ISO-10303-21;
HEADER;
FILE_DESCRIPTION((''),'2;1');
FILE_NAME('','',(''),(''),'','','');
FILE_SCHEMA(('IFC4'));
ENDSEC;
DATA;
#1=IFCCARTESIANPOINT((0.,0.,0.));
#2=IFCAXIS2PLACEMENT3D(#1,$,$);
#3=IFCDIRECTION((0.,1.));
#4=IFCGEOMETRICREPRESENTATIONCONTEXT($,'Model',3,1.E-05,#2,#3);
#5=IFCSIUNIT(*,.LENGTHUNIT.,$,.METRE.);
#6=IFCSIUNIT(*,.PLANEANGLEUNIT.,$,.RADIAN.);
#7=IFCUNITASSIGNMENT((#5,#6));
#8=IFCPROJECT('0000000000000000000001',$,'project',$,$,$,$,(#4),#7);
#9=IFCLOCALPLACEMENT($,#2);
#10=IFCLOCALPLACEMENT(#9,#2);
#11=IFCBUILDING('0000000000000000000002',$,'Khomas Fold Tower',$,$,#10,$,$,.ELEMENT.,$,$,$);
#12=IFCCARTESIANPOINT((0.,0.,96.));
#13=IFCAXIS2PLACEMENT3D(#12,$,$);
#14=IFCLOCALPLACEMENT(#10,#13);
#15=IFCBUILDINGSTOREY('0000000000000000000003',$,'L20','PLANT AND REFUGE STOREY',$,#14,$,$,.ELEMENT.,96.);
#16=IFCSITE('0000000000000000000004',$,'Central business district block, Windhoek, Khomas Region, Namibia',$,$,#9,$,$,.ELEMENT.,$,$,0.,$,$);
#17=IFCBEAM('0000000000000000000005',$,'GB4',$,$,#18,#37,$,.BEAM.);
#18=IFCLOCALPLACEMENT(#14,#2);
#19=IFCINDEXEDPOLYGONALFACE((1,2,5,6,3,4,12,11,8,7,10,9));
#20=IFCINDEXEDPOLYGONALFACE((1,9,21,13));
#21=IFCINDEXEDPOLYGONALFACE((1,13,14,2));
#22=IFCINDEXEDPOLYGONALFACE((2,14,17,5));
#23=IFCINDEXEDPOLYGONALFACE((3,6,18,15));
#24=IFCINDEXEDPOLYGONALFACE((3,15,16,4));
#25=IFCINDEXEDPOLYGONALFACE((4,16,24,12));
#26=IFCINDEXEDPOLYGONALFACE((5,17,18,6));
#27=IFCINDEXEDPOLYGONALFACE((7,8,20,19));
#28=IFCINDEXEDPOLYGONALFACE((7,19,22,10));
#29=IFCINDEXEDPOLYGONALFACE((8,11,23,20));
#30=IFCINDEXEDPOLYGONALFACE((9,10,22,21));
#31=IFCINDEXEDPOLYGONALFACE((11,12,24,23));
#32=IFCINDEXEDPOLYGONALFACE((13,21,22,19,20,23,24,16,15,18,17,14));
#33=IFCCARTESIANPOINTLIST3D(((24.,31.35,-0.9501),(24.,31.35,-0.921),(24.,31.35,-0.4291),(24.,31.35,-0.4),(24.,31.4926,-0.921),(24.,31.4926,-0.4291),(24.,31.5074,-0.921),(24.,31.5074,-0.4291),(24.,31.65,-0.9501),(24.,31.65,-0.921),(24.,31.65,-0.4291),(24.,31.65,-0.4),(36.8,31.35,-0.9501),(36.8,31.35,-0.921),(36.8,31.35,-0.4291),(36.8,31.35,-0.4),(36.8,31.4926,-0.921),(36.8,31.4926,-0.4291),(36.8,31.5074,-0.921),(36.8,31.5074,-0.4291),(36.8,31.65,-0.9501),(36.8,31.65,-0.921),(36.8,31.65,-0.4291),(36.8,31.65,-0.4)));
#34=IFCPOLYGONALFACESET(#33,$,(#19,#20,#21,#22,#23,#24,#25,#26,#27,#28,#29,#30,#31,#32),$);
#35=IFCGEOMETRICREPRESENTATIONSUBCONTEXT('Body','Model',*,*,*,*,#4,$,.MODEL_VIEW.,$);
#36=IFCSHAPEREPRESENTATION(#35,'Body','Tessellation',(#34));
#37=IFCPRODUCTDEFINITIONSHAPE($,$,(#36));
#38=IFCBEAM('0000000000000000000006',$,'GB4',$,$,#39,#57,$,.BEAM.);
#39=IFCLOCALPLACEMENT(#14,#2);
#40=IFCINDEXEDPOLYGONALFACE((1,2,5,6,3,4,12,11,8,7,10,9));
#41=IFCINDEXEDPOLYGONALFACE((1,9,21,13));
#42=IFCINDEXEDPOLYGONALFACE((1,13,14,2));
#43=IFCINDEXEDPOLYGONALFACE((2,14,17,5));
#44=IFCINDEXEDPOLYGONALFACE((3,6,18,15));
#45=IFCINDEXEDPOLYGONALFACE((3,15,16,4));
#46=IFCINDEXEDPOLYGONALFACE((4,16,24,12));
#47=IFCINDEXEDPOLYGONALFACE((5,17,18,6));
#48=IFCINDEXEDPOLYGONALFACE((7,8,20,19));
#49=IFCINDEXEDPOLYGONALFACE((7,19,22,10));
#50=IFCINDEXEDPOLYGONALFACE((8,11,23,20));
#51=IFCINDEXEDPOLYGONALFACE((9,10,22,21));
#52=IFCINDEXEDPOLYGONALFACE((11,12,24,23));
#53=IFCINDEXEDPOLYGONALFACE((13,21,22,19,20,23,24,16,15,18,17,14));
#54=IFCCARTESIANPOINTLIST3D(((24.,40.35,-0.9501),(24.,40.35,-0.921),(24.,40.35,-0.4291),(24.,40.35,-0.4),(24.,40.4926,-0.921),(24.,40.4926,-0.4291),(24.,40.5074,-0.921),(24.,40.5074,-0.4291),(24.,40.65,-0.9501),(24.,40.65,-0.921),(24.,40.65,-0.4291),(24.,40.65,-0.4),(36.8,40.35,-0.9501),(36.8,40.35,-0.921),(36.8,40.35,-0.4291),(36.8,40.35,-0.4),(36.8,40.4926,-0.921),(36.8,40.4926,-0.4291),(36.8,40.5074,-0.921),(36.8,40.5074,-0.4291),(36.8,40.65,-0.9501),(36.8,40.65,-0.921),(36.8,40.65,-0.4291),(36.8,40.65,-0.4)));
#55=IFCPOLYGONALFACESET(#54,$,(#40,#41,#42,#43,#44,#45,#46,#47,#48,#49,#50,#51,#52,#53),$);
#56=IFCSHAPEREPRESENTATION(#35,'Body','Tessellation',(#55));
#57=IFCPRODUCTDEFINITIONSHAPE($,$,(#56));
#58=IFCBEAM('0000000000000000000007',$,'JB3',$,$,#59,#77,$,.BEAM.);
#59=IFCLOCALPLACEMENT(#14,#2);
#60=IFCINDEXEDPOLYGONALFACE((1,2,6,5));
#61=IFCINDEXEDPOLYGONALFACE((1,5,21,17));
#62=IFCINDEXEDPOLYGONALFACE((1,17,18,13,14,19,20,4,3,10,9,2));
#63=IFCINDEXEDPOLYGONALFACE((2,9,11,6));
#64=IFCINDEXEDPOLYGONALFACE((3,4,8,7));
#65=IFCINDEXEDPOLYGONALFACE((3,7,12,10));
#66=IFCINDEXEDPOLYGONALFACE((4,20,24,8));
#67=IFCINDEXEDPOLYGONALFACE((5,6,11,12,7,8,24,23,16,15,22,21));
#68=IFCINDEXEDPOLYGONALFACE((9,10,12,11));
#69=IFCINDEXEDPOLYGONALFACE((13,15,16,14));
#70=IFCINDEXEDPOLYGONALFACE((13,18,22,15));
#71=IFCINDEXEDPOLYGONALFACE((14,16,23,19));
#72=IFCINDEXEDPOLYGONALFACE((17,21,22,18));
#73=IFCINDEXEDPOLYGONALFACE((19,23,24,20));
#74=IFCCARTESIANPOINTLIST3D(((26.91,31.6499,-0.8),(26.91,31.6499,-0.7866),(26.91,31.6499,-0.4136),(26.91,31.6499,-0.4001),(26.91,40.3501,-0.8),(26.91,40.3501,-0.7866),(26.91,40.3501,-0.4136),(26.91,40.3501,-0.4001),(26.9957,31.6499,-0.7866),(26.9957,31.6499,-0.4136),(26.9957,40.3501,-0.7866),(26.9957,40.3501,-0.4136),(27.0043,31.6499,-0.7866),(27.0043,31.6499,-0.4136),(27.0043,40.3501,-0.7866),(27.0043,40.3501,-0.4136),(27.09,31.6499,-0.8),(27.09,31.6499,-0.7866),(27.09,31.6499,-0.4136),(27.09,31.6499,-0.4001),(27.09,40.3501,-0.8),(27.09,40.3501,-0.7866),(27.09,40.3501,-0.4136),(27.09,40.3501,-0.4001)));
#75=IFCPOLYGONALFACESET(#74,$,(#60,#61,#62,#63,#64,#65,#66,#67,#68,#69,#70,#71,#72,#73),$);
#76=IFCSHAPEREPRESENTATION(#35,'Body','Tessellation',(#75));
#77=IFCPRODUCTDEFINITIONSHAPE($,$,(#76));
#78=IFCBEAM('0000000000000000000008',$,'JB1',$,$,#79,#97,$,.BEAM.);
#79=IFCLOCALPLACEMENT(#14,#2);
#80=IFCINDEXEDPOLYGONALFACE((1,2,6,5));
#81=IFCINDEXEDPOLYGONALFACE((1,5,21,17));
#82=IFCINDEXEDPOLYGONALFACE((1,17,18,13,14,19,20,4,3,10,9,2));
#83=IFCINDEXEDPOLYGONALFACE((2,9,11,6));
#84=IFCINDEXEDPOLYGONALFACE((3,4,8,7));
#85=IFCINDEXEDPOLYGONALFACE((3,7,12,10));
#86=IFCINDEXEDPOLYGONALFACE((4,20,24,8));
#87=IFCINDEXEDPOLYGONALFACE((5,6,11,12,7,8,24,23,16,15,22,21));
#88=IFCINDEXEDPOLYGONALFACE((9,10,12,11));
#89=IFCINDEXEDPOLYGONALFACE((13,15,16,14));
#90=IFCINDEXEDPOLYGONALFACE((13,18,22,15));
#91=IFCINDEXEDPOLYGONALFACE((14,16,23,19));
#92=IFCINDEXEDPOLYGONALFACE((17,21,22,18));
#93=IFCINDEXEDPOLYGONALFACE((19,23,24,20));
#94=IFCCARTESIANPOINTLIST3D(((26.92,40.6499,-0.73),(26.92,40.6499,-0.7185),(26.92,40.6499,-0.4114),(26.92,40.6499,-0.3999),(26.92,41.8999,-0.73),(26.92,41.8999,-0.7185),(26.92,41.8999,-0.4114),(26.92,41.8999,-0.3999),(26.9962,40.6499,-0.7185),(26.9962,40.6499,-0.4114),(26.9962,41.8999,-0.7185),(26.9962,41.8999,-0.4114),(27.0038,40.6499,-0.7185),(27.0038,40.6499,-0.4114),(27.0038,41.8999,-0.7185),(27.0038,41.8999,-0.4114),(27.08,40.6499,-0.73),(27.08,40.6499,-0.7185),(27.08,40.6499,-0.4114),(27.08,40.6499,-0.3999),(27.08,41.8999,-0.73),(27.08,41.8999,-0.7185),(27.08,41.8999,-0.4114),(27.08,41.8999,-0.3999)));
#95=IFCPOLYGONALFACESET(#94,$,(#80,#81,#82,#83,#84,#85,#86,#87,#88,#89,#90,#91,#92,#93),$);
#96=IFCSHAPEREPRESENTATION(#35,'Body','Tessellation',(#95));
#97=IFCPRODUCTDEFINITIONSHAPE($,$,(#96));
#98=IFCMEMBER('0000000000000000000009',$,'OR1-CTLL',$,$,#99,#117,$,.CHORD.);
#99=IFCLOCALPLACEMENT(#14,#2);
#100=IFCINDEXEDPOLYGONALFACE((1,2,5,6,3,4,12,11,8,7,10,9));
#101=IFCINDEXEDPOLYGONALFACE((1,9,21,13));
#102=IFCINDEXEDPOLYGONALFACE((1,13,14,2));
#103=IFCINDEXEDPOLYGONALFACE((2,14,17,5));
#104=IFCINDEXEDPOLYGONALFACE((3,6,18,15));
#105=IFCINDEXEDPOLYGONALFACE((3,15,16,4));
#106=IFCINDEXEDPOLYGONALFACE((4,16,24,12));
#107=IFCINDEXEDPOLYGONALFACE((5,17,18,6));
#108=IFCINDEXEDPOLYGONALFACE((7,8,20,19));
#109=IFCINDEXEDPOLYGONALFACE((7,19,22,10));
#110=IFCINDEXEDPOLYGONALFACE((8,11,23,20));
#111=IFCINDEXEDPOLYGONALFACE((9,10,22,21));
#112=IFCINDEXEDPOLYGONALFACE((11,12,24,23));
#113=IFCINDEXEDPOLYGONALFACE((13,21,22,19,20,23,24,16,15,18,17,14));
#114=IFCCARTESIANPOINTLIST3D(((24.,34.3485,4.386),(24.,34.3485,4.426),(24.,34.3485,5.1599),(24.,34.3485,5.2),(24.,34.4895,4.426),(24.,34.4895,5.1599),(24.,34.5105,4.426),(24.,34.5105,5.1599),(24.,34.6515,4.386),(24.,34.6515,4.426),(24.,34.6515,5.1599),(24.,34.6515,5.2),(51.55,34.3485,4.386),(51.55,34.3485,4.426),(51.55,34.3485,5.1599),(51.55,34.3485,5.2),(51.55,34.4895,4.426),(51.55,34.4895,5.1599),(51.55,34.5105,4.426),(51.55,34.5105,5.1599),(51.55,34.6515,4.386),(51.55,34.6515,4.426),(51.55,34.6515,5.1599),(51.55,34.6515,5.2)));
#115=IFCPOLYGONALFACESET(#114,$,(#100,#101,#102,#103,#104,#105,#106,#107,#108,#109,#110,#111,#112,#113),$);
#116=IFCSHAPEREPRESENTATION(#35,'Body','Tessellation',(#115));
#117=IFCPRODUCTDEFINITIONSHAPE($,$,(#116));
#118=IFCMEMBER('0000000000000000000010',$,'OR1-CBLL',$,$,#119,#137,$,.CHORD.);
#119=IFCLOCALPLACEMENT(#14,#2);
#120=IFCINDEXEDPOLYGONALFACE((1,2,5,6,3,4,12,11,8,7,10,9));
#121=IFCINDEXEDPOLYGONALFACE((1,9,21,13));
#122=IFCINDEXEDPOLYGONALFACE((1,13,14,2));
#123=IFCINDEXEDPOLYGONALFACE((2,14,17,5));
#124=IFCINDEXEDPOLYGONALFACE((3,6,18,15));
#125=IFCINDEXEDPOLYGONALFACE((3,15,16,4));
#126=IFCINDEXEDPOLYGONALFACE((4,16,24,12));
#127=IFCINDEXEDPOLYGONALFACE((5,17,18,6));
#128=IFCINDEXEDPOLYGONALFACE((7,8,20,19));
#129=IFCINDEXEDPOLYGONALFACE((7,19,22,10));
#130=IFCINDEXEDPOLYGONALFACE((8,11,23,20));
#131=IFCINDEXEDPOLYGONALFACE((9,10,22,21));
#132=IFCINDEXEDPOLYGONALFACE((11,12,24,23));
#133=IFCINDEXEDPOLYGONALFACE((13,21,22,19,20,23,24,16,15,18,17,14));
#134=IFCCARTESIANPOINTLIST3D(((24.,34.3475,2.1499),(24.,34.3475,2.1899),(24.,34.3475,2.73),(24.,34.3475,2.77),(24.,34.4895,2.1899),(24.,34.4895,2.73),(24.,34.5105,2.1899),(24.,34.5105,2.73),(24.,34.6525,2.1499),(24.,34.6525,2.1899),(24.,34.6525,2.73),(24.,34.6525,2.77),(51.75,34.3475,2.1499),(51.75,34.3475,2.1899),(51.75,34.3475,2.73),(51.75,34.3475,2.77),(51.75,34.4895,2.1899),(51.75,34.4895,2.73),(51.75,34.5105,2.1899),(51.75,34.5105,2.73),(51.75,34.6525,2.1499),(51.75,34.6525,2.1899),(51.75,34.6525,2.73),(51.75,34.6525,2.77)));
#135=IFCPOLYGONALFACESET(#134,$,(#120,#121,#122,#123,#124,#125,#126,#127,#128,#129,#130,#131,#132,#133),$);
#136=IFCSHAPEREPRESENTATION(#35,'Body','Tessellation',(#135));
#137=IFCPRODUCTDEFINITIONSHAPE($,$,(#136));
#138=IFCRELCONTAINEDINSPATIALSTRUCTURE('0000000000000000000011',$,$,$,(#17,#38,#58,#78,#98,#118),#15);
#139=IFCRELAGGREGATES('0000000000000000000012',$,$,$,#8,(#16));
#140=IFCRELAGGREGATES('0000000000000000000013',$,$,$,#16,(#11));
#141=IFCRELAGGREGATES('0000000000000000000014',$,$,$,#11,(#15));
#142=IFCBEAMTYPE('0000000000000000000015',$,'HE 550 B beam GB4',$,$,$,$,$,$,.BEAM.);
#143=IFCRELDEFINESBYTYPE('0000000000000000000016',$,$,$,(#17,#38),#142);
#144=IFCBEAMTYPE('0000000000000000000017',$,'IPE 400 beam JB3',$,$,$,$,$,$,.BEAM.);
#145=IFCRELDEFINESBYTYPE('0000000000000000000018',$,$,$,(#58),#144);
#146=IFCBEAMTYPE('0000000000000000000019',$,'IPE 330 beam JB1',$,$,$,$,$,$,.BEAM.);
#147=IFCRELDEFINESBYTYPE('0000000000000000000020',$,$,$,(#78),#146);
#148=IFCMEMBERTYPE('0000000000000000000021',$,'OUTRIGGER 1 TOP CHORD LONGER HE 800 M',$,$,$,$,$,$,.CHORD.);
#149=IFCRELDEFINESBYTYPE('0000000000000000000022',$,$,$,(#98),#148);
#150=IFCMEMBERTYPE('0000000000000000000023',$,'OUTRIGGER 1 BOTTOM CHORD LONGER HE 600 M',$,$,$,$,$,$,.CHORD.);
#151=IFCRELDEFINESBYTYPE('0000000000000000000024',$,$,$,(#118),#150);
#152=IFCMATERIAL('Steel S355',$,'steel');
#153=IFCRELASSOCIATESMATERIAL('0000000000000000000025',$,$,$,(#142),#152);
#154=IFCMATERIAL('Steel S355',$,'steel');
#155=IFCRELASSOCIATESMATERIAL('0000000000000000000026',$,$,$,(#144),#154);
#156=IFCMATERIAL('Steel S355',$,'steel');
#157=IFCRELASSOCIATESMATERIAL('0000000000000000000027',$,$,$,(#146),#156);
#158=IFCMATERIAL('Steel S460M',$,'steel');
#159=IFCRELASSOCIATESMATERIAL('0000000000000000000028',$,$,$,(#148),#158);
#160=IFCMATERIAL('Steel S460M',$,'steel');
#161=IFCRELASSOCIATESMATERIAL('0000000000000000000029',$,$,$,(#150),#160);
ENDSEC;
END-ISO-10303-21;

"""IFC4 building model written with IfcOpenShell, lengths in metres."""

from ifc_helpers import new_model, si_unit, direction, frame, origin, origin_2d, place, context, subcontext, project, spatial, i_section, extrude, source, transform, mapped, material, material_profile, profile_set, type_object, element, save


model = new_model("IFC4")

# Units and contexts
model_context = context("Model", 3, precision=1e-05, world=origin(), true_north=direction((0.0, 1.0)))
body_context = subcontext(model_context, "Body", "Model", "MODEL_VIEW")
ifc_project = project(units=[si_unit("LENGTHUNIT", "METRE"), si_unit("PLANEANGLEUNIT", "RADIAN")], contexts=[model_context])

# Site, building, storey
site_placement = place(None, origin())
site = spatial("IfcSite", under=ifc_project, at=site_placement, Name="Central business district block, Windhoek, Khomas Region, Namibia", CompositionType="ELEMENT", RefElevation=0.0)
building_placement = place(site_placement, origin())
building = spatial("IfcBuilding", under=site, at=building_placement, Name="Khomas Fold Tower", CompositionType="ELEMENT")
storey_placement = place(building_placement, frame((0.0, 0.0, 96.0)))
storey = spatial("IfcBuildingStorey", under=building, at=storey_placement, Name="L20", Description="PLANT AND REFUGE STOREY", CompositionType="ELEMENT", Elevation=96.0)

# Beams
ifc_material_1 = material(Name="Steel S355", Category="steel")
ifc_material_profile_1 = material_profile(ifc_material_1, i_section(OverallWidth=0.3, OverallDepth=0.55, WebThickness=0.0149, FlangeThickness=0.0291, at=origin_2d()), Name="HE 550 B")
ifc_profile_set_1 = profile_set([ifc_material_profile_1], Name="Steel S355")
beam_type_1 = type_object("IfcBeamType", Name="HE 550 B beam GB4", PredefinedType="BEAM", material=ifc_profile_set_1)
shared_shape_1 = source(origin(), body_context, "Body", "SweptSolid", [
    extrude(i_section(OverallWidth=0.3, OverallDepth=0.55, WebThickness=0.0149, FlangeThickness=0.0291, at=origin_2d()), origin(), (0.0, 0.0, 1.0), 12.8),
])
for number, where, z_axis, x_axis, name in (
    (1, (24.0, 31.5, -0.675), (1.0, 0.0, 0.0), (0.0, 1.0, 0.0), "GB4"),
    (2, (24.0, 40.5, -0.675), (1.0, 0.0, 0.0), (0.0, 1.0, 0.0), "GB4"),
):
    element("IfcBeam", number, at=place(storey_placement, frame(where, z_axis=z_axis, x_axis=x_axis)), inside=storey, type_object=beam_type_1, Name=name, PredefinedType="BEAM", context=body_context, shape_type="MappedRepresentation", body=[
        mapped(shared_shape_1, transform((0.0, 0.0, 0.0))),
    ])
ifc_material_2 = material(Name="Steel S355", Category="steel")
ifc_material_profile_2 = material_profile(ifc_material_2, i_section(OverallWidth=0.1799, OverallDepth=0.3999, WebThickness=0.0085, FlangeThickness=0.0134, at=origin_2d()), Name="IPE 400")
ifc_profile_set_2 = profile_set([ifc_material_profile_2], Name="Steel S355")
beam_type_2 = type_object("IfcBeamType", Name="IPE 400 beam JB3", PredefinedType="BEAM", material=ifc_profile_set_2)
shared_shape_2 = source(origin(), body_context, "Body", "SweptSolid", [
    extrude(i_section(OverallWidth=0.1799, OverallDepth=0.3999, WebThickness=0.0085, FlangeThickness=0.0134, at=origin_2d()), origin(), (0.0, 0.0, 1.0), 8.7002),
])
beam_1_placement = place(storey_placement, frame((27.0, 31.6499, -0.6001), z_axis=(0.0, 1.0, 0.0), x_axis=(-1.0, 0.0, 0.0)))
element("IfcBeam", 3, at=beam_1_placement, inside=storey, type_object=beam_type_2, Name="JB3", PredefinedType="BEAM", context=body_context, shape_type="MappedRepresentation", body=[
    mapped(shared_shape_2, transform((0.0, 0.0, 0.0))),
])
ifc_material_3 = material(Name="Steel S355", Category="steel")
ifc_material_profile_3 = material_profile(ifc_material_3, i_section(OverallWidth=0.1599, OverallDepth=0.3301, WebThickness=0.0076, FlangeThickness=0.0115, at=origin_2d()), Name="IPE 330")
ifc_profile_set_3 = profile_set([ifc_material_profile_3], Name="Steel S355")
beam_type_3 = type_object("IfcBeamType", Name="IPE 330 beam JB1", PredefinedType="BEAM", material=ifc_profile_set_3)
shared_shape_3 = source(origin(), body_context, "Body", "SweptSolid", [
    extrude(i_section(OverallWidth=0.1599, OverallDepth=0.3301, WebThickness=0.0076, FlangeThickness=0.0115, at=origin_2d()), origin(), (0.0, 0.0, 1.0), 1.25),
])
beam_2_placement = place(storey_placement, frame((27.0, 40.6499, -0.5649), z_axis=(0.0, 1.0, 0.0), x_axis=(-1.0, 0.0, 0.0)))
element("IfcBeam", 4, at=beam_2_placement, inside=storey, type_object=beam_type_3, Name="JB1", PredefinedType="BEAM", context=body_context, shape_type="MappedRepresentation", body=[
    mapped(shared_shape_3, transform((0.0, 0.0, 0.0))),
])

# Members
ifc_material_4 = material(Name="Steel S460M", Category="steel")
ifc_material_profile_4 = material_profile(ifc_material_4, i_section(OverallWidth=0.303, OverallDepth=0.814, WebThickness=0.021, FlangeThickness=0.04, at=origin_2d()), Name="HE 800 M")
ifc_profile_set_4 = profile_set([ifc_material_profile_4], Name="Steel S460M")
member_type_1 = type_object("IfcMemberType", Name="OUTRIGGER 1 TOP CHORD LONGER HE 800 M", PredefinedType="CHORD", material=ifc_profile_set_4)
shared_shape_4 = source(origin(), body_context, "Body", "SweptSolid", [
    extrude(i_section(OverallWidth=0.303, OverallDepth=0.814, WebThickness=0.021, FlangeThickness=0.04, at=origin_2d()), origin(), (0.0, 0.0, 1.0), 27.55),
])
member_1_placement = place(storey_placement, frame((24.0, 34.5, 4.793), z_axis=(1.0, 0.0, 0.0), x_axis=(0.0, 1.0, 0.0)))
element("IfcMember", 5, at=member_1_placement, inside=storey, type_object=member_type_1, Name="OR1-CTLL", PredefinedType="CHORD", context=body_context, shape_type="MappedRepresentation", body=[
    mapped(shared_shape_4, transform((0.0, 0.0, 0.0))),
])
ifc_material_5 = material(Name="Steel S460M", Category="steel")
ifc_material_profile_5 = material_profile(ifc_material_5, i_section(OverallWidth=0.3049, OverallDepth=0.6201, WebThickness=0.021, FlangeThickness=0.04, at=origin_2d()), Name="HE 600 M")
ifc_profile_set_5 = profile_set([ifc_material_profile_5], Name="Steel S460M")
member_type_2 = type_object("IfcMemberType", Name="OUTRIGGER 1 BOTTOM CHORD LONGER HE 600 M", PredefinedType="CHORD", material=ifc_profile_set_5)
shared_shape_5 = source(origin(), body_context, "Body", "SweptSolid", [
    extrude(i_section(OverallWidth=0.3049, OverallDepth=0.6201, WebThickness=0.021, FlangeThickness=0.04, at=origin_2d()), origin(), (0.0, 0.0, 1.0), 27.75),
])
member_2_placement = place(storey_placement, frame((24.0, 34.5, 2.46), z_axis=(1.0, 0.0, 0.0), x_axis=(0.0, 1.0, 0.0)))
element("IfcMember", 6, at=member_2_placement, inside=storey, type_object=member_type_2, Name="OR1-CBLL", PredefinedType="CHORD", context=body_context, shape_type="MappedRepresentation", body=[
    mapped(shared_shape_5, transform((0.0, 0.0, 0.0))),
])

save(model, "model.ifc")
